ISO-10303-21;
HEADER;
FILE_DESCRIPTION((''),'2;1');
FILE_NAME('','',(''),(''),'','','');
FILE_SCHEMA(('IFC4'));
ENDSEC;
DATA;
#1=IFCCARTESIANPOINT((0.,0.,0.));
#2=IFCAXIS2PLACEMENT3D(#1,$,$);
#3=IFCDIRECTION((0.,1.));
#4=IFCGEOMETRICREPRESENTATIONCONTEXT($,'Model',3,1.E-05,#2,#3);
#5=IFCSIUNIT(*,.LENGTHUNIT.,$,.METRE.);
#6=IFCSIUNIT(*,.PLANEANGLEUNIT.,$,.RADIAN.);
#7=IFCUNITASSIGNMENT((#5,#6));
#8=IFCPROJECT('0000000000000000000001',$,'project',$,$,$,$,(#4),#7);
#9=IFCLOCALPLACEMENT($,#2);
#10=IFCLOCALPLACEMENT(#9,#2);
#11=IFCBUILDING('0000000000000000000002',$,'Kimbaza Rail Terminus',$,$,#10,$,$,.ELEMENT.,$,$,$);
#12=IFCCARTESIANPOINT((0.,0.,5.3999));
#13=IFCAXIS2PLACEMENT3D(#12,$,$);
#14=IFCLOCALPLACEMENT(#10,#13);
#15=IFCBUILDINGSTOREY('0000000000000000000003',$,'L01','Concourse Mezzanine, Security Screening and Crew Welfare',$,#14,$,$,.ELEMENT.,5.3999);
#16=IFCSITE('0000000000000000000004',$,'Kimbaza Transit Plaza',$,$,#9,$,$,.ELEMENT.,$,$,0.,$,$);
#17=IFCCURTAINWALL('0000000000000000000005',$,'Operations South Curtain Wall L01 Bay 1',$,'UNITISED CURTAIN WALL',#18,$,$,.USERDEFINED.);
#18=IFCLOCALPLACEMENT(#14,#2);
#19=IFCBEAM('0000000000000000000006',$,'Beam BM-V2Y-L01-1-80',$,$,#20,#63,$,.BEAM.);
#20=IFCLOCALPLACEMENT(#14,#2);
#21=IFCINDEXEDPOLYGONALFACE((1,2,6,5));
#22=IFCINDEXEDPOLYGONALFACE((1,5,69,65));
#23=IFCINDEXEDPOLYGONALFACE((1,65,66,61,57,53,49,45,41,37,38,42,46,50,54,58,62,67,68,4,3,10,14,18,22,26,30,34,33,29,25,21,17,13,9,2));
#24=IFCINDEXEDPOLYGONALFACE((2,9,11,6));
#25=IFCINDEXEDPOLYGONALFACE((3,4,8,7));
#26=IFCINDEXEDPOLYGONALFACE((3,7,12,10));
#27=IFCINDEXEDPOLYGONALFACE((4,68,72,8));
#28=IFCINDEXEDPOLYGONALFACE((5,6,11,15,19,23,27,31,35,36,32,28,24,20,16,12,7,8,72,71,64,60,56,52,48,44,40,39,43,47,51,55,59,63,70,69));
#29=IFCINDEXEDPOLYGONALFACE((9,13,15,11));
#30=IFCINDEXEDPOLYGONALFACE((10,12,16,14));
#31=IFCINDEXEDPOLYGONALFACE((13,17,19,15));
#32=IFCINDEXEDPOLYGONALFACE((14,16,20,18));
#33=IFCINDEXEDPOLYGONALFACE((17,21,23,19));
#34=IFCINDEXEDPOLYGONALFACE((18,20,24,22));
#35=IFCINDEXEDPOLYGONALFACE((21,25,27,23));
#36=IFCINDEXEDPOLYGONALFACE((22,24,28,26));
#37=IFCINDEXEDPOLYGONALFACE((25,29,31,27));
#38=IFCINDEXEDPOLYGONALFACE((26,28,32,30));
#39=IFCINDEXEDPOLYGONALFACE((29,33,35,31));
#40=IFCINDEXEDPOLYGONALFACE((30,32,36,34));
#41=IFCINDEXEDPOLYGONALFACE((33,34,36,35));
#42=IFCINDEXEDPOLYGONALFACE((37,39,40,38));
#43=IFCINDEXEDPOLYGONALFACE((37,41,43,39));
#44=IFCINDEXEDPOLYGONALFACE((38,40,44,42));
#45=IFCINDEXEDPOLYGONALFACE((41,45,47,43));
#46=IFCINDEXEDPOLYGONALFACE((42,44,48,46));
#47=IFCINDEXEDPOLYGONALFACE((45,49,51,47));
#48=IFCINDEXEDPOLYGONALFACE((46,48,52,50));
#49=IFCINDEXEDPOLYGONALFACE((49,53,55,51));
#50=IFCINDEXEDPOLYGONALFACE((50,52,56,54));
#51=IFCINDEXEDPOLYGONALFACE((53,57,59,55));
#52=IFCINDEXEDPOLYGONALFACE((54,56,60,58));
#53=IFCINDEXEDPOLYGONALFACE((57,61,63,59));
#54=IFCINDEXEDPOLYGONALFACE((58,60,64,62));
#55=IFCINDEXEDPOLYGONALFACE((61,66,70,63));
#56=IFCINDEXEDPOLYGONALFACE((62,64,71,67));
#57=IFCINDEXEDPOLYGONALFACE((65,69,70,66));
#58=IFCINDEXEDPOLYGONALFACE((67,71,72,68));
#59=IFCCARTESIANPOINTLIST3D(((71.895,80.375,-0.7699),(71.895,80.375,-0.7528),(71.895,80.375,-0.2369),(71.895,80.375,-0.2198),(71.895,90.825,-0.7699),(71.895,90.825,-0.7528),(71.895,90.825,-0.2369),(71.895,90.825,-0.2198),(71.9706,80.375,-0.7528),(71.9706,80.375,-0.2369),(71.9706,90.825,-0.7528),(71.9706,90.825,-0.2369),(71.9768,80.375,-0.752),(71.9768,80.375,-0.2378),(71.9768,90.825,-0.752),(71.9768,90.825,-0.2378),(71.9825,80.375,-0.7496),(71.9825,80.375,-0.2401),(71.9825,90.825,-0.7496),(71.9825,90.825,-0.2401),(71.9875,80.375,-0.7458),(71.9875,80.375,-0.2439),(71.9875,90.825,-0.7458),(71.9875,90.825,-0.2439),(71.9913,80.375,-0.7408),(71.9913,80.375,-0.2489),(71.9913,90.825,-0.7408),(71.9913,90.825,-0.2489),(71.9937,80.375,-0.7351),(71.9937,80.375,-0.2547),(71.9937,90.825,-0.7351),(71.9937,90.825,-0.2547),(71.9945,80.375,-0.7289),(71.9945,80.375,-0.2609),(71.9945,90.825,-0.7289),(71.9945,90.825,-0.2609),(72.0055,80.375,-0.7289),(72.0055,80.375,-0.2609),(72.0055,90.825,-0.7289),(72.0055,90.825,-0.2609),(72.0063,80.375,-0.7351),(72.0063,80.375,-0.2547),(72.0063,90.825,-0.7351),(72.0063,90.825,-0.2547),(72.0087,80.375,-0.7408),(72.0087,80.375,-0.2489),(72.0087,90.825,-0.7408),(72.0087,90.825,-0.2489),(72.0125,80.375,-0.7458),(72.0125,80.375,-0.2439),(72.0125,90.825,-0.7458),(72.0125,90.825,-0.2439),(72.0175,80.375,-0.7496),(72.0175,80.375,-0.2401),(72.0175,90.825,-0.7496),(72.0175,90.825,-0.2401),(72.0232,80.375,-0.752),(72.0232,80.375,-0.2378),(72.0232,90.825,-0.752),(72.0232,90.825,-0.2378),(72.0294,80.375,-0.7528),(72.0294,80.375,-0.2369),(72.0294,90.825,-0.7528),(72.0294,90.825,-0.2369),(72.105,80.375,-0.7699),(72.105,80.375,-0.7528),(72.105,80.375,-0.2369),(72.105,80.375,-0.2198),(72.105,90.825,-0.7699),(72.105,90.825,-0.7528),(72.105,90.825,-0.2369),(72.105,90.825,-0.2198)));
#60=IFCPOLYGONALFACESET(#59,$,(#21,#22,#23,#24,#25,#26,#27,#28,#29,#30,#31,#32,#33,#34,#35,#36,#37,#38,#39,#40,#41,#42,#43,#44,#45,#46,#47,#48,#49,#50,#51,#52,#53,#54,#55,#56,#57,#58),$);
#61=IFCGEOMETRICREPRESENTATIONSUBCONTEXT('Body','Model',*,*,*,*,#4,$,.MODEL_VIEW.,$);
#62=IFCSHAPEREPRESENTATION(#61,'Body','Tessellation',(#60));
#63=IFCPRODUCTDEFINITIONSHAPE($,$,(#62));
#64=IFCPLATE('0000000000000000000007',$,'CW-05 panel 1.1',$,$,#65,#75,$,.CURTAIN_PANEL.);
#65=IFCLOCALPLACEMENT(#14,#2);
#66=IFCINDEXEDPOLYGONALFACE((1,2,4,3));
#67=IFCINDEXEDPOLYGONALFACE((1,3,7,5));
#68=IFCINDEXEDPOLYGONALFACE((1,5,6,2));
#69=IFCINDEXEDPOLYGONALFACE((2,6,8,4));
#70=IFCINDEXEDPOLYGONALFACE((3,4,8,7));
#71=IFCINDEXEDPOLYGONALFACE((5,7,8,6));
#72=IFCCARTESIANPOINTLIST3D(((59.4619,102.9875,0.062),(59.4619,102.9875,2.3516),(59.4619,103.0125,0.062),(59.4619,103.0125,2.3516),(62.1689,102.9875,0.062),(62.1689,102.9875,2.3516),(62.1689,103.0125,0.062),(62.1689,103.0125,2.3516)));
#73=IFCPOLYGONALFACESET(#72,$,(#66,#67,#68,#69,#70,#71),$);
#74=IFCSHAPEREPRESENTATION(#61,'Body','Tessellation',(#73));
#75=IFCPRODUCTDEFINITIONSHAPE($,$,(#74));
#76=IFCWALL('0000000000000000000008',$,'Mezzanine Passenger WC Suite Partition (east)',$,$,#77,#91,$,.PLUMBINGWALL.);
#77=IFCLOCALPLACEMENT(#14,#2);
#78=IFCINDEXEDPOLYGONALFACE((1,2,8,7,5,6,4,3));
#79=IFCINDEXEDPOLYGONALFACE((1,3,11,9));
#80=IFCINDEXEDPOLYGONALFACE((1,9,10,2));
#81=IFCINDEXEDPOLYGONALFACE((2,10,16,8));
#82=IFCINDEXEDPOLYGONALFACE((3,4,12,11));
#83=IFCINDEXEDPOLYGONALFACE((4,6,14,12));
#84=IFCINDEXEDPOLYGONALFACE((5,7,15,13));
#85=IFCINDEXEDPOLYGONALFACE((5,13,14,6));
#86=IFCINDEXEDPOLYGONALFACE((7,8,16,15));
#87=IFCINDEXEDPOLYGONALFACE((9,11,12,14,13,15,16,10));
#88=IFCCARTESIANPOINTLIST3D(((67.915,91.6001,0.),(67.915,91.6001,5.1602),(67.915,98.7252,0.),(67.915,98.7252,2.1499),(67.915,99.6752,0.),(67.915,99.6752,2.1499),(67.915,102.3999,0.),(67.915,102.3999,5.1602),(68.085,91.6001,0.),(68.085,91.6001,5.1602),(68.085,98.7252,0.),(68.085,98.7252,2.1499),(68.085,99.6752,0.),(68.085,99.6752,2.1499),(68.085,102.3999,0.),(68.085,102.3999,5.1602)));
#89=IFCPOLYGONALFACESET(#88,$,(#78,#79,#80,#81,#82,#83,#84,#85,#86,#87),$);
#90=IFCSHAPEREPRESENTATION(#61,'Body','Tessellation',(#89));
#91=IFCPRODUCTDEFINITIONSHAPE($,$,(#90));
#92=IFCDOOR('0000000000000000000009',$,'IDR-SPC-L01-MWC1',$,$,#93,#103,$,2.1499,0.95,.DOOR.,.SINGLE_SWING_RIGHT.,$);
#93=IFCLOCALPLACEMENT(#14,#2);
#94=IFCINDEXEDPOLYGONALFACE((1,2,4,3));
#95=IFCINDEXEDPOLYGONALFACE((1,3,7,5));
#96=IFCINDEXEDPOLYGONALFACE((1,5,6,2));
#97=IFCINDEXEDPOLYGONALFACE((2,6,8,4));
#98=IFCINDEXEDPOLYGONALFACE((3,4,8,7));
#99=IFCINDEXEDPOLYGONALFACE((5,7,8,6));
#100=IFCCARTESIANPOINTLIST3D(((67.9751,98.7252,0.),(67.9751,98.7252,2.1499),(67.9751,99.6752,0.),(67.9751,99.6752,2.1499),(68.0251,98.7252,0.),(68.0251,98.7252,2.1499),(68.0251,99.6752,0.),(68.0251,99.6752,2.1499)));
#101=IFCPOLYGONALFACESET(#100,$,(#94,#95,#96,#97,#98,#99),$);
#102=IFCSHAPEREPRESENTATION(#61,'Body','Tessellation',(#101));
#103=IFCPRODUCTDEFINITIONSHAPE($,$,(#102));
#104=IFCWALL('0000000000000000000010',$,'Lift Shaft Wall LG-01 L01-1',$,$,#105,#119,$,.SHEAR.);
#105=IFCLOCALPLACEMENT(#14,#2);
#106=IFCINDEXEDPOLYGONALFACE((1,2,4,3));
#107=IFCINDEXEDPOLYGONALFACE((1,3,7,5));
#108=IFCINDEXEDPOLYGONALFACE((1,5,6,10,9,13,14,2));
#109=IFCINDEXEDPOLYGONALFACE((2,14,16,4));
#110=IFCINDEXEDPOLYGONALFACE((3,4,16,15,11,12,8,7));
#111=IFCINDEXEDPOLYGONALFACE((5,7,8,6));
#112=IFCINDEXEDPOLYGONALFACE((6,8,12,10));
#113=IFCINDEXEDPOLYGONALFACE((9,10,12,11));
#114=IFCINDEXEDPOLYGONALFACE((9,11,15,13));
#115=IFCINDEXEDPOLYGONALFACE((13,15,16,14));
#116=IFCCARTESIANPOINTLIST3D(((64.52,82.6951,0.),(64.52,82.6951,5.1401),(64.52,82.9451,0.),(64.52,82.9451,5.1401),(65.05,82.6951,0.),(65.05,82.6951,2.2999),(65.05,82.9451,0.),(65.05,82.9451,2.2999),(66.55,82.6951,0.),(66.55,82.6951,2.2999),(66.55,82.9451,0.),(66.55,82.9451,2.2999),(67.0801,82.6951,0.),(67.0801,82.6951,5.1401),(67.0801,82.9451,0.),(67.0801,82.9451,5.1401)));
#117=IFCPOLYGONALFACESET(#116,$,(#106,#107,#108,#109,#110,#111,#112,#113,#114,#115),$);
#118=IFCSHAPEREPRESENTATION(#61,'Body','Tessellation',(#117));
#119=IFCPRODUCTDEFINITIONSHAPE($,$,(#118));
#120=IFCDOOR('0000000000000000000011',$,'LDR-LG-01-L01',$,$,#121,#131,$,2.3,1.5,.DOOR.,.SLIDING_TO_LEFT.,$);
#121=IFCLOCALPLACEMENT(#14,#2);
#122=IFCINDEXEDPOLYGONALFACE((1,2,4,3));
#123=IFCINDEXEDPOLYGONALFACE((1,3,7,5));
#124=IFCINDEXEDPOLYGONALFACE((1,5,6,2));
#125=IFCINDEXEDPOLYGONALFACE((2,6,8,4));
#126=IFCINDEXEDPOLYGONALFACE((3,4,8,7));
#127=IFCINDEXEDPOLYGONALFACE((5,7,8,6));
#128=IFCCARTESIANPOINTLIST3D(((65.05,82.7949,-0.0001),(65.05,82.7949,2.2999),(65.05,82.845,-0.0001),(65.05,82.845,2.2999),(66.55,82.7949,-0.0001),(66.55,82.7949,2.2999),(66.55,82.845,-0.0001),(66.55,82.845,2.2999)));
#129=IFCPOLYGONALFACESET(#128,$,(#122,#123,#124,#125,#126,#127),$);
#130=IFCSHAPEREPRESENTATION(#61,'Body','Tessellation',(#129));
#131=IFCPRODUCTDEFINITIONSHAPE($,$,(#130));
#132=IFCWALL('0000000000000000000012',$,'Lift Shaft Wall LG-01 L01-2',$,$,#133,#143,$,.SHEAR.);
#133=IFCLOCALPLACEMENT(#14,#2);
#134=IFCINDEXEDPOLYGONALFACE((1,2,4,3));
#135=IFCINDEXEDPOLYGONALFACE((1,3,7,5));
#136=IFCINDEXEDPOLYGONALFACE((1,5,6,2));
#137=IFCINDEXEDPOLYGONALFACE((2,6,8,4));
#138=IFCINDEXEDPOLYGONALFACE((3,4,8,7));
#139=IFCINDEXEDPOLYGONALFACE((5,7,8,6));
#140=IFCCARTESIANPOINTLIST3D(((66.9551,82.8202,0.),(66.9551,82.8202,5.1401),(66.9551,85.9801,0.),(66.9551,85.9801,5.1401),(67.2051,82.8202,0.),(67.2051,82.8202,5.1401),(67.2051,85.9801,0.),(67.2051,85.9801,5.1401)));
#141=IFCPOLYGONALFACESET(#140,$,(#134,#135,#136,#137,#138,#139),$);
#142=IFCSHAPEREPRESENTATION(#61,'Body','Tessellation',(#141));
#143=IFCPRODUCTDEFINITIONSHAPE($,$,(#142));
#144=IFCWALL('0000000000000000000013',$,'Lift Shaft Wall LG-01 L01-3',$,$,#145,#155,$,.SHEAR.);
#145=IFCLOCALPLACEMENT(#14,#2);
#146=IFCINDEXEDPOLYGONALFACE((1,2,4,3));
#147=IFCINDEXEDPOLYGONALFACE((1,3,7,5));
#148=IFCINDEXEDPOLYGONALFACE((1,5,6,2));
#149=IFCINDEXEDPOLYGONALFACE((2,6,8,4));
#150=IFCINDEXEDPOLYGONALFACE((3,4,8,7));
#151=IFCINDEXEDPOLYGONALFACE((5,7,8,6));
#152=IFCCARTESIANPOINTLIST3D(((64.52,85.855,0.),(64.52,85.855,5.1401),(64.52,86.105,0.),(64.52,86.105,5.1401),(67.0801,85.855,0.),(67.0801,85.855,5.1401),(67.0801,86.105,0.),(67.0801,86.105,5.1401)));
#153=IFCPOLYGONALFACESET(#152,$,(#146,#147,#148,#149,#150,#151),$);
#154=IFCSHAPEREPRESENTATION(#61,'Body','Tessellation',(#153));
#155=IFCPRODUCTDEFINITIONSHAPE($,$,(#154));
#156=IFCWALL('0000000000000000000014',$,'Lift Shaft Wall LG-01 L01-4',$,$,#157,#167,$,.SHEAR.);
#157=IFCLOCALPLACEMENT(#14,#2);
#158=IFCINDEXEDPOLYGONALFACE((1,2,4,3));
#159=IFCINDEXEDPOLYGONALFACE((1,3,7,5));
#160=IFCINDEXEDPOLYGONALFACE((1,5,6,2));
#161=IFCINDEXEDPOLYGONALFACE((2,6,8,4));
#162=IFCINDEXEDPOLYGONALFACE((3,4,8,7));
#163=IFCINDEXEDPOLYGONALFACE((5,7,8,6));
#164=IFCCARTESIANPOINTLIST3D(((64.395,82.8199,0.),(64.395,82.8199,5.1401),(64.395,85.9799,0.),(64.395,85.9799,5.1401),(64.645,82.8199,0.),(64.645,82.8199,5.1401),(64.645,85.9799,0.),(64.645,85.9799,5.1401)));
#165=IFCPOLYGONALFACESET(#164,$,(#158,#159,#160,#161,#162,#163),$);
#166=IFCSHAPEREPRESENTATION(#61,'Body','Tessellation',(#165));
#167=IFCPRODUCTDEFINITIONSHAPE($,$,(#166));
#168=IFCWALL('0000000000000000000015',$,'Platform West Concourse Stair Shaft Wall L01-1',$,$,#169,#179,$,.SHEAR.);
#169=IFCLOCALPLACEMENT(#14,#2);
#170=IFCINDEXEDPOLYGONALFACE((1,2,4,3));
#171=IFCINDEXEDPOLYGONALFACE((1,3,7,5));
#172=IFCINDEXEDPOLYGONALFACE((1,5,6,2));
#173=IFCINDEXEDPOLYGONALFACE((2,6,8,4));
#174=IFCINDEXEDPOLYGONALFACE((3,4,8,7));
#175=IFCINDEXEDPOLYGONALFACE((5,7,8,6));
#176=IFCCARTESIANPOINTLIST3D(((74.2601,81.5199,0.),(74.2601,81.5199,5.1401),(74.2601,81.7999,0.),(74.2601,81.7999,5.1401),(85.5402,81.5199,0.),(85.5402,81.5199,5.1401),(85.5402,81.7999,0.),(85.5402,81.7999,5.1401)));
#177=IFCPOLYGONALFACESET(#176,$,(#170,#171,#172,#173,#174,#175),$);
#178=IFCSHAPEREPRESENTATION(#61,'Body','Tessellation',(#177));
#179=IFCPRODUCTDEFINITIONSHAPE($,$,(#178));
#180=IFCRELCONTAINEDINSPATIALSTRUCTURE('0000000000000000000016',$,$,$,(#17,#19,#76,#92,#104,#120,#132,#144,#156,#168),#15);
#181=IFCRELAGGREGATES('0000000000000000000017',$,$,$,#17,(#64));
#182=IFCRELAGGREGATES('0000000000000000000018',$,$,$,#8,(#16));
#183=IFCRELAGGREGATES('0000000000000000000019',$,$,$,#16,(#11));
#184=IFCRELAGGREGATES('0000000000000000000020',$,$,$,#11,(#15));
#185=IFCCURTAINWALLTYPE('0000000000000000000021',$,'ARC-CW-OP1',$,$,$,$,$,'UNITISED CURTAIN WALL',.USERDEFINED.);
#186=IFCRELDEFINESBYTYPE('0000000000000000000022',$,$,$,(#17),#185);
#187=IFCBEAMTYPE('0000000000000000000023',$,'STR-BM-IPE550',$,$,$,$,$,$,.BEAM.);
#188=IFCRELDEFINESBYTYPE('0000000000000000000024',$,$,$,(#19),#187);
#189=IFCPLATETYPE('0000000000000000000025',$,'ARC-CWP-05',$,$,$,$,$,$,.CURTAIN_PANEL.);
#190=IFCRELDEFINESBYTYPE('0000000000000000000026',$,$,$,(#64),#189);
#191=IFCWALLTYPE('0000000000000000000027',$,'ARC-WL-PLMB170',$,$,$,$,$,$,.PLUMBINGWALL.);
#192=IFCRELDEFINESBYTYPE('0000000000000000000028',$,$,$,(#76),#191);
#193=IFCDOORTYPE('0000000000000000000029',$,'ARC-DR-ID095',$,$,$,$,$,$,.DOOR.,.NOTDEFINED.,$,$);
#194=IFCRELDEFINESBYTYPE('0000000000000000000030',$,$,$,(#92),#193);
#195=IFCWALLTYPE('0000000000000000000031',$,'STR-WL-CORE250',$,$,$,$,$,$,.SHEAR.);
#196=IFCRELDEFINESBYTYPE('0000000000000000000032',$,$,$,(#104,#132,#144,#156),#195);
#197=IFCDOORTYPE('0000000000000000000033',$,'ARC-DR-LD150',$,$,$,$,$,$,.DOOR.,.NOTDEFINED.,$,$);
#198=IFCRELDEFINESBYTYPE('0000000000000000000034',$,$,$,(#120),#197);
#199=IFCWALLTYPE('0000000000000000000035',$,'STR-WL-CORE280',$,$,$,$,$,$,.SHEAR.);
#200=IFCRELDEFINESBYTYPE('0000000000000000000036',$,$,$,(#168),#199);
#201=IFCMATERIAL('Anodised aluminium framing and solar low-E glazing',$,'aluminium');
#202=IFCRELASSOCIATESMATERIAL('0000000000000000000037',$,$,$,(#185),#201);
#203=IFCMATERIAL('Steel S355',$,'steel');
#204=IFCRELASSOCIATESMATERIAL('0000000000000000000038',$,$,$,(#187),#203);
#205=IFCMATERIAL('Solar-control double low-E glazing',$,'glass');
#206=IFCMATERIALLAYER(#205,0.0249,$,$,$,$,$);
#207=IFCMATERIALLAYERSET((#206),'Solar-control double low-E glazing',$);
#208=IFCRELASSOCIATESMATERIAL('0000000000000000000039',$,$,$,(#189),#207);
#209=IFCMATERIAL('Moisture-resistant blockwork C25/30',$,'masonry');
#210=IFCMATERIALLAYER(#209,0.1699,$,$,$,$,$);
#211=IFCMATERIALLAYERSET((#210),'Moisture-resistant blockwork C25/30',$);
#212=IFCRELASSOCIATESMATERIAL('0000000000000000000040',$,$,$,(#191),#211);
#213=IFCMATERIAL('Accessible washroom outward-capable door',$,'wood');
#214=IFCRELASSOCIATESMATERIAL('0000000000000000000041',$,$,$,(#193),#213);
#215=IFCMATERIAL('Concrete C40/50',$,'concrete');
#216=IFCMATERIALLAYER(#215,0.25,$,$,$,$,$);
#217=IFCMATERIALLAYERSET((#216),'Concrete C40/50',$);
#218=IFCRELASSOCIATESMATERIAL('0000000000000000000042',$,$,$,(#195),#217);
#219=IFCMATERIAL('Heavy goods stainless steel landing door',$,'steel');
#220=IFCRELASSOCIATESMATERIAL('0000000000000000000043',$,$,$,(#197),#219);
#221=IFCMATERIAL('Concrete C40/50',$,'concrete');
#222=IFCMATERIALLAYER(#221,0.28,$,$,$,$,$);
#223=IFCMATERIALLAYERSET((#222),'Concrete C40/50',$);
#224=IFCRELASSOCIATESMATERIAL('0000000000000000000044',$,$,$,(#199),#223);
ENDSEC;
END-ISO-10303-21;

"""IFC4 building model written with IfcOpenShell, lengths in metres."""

from ifc_helpers import new_model, si_unit, direction, frame, frame_2d, origin, origin_2d, place, context, subcontext, project, spatial, rectangle, i_section, extrude, material, layer, layer_set, material_profile, profile_set, type_object, element, fill, aggregate, save


model = new_model("IFC4")

# Units and contexts
model_context = context("Model", 3, precision=1e-05, world=origin(), true_north=direction((0.0, 1.0)))
body_context = subcontext(model_context, "Body", "Model", "MODEL_VIEW")
ifc_project = project(units=[si_unit("LENGTHUNIT", "METRE"), si_unit("PLANEANGLEUNIT", "RADIAN")], contexts=[model_context])

# Site, building, storey
site_placement = place(None, origin())
site = spatial("IfcSite", under=ifc_project, at=site_placement, Name="Kimbaza Transit Plaza", CompositionType="ELEMENT", RefElevation=0.0)
building_placement = place(site_placement, origin())
building = spatial("IfcBuilding", under=site, at=building_placement, Name="Kimbaza Rail Terminus", CompositionType="ELEMENT")
storey_placement = place(building_placement, frame((0.0, 0.0, 5.3999)))
storey = spatial("IfcBuildingStorey", under=building, at=storey_placement, Name="L01", Description="Concourse Mezzanine, Security Screening and Crew Welfare", CompositionType="ELEMENT", Elevation=5.3999)

# Curtain wall
ifc_material_1 = material(Name="Anodised aluminium framing and solar low-E glazing", Category="aluminium")
curtain_wall_type = type_object("IfcCurtainWallType", Name="ARC-CW-OP1", ElementType="UNITISED CURTAIN WALL", PredefinedType="USERDEFINED", material=ifc_material_1)
curtain_wall_placement = place(storey_placement, origin())
curtain_wall = element("IfcCurtainWall", 1, at=curtain_wall_placement, inside=storey, type_object=curtain_wall_type, Name="Operations South Curtain Wall L01 Bay 1", ObjectType="UNITISED CURTAIN WALL", PredefinedType="USERDEFINED")

# Beam
ifc_material_2 = material(Name="Steel S355", Category="steel")
ifc_material_profile_1 = material_profile(ifc_material_2, i_section(OverallWidth=0.21, OverallDepth=0.55, WebThickness=0.011, FlangeThickness=0.0171, FilletRadius=0.0239, at=origin_2d()), Name="IPE 550")
ifc_profile_set_1 = profile_set([ifc_material_profile_1], Name="Steel S355")
beam_type_1 = type_object("IfcBeamType", Name="STR-BM-IPE550", PredefinedType="BEAM", material=ifc_profile_set_1)
beam_1_placement = place(storey_placement, frame((72.0, 80.375, -0.4949), z_axis=(0.0, 1.0, 0.0), x_axis=(-1.0, 0.0, 0.0)))
element("IfcBeam", 2, at=beam_1_placement, inside=storey, type_object=beam_type_1, Name="Beam BM-V2Y-L01-1-80", PredefinedType="BEAM", context=body_context, shape_type="SweptSolid", body=[
    extrude(i_section(OverallWidth=0.21, OverallDepth=0.55, WebThickness=0.011, FlangeThickness=0.0171, FilletRadius=0.0239, at=origin_2d()), origin(), (0.0, 0.0, 1.0), 10.45),
])

# Plate
ifc_material_3 = material(Name="Solar-control double low-E glazing", Category="glass")
ifc_layer_1 = layer(ifc_material_3, 0.0249)
ifc_layer_set_1 = layer_set([ifc_layer_1], Name="Solar-control double low-E glazing")
plate_type = type_object("IfcPlateType", Name="ARC-CWP-05", PredefinedType="CURTAIN_PANEL", material=ifc_layer_set_1)
plate_placement = place(storey_placement, frame((60.8154, 103.0, 0.062), z_axis=(0.0, 0.0, 1.0), x_axis=(1.0, 0.0, 0.0)))
plate = element("IfcPlate", 3, at=plate_placement, type_object=plate_type, Name="CW-05 panel 1.1", PredefinedType="CURTAIN_PANEL", context=body_context, shape_type="SweptSolid", body=[
    extrude(rectangle(XDim=2.707, YDim=0.0249, at=origin_2d()), origin(), (0.0, 0.0, 1.0), 2.2896),
])
aggregate(curtain_wall, [plate])

# Walls, openings, doors
ifc_material_4 = material(Name="Moisture-resistant blockwork C25/30", Category="masonry")
ifc_layer_2 = layer(ifc_material_4, 0.1699)
ifc_layer_set_2 = layer_set([ifc_layer_2], Name="Moisture-resistant blockwork C25/30")
wall_type_1 = type_object("IfcWallType", Name="ARC-WL-PLMB170", PredefinedType="PLUMBINGWALL", material=ifc_layer_set_2)
wall_1_placement = place(storey_placement, frame((68.0, 91.6001, 0.0), z_axis=(0.0, 0.0, 1.0), x_axis=(0.0, 1.0, 0.0)))
wall_1 = element("IfcWall", 4, at=wall_1_placement, inside=storey, type_object=wall_type_1, Name="Mezzanine Passenger WC Suite Partition (east)", PredefinedType="PLUMBINGWALL", context=body_context, shape_type="SweptSolid", body=[
    extrude(rectangle(XDim=10.7998, YDim=0.1699, at=frame_2d((5.3999, 0.0))), origin(), (0.0, 0.0, 1.0), 5.1602),
])
opening_1_placement = place(wall_1_placement, frame((7.125, 0.0, 0.0)))
opening_1 = element("IfcOpeningElement", 5, at=opening_1_placement, cuts=wall_1, PredefinedType="OPENING", context=body_context, shape_type="SweptSolid", body=[
    extrude(rectangle(XDim=0.95, YDim=2.1499, at=frame_2d((0.4751, 1.075))), frame((0.0, 0.095, 0.0), z_axis=(0.0, -1.0, 0.0), x_axis=(1.0, 0.0, 0.0)), (0.0, 0.0, 1.0), 0.1899),
])
ifc_material_5 = material(Name="Accessible washroom outward-capable door", Category="wood")
door_type_1 = type_object("IfcDoorType", Name="ARC-DR-ID095", OperationType="NOTDEFINED", PredefinedType="DOOR", material=ifc_material_5)
door_1_placement = place(opening_1_placement, origin())
door_1 = element("IfcDoor", 6, at=door_1_placement, inside=storey, type_object=door_type_1, Name="IDR-SPC-L01-MWC1", OperationType="SINGLE_SWING_RIGHT", OverallHeight=2.1499, OverallWidth=0.95, PredefinedType="DOOR", context=body_context, shape_type="SweptSolid", body=[
    extrude(rectangle(XDim=0.95, YDim=2.1499, at=frame_2d((0.4751, 1.075))), frame((0.0, 0.0249, 0.0), z_axis=(0.0, -1.0, 0.0), x_axis=(1.0, 0.0, 0.0)), (0.0, 0.0, 1.0), 0.05),
])
fill(opening_1, door_1)
ifc_material_6 = material(Name="Concrete C40/50", Category="concrete")
ifc_layer_3 = layer(ifc_material_6, 0.25)
ifc_layer_set_3 = layer_set([ifc_layer_3], Name="Concrete C40/50")
wall_type_2 = type_object("IfcWallType", Name="STR-WL-CORE250", PredefinedType="SHEAR", material=ifc_layer_set_3)
wall_2_placement = place(storey_placement, frame((64.52, 82.8201, 0.0), z_axis=(0.0, 0.0, 1.0), x_axis=(1.0, 0.0, 0.0)))
wall_2 = element("IfcWall", 7, at=wall_2_placement, inside=storey, type_object=wall_type_2, Name="Lift Shaft Wall LG-01 L01-1", PredefinedType="SHEAR", context=body_context, shape_type="SweptSolid", body=[
    extrude(rectangle(XDim=2.5601, YDim=0.25, at=frame_2d((1.28, 0.0))), origin(), (0.0, 0.0, 1.0), 5.1401),
])
opening_2_placement = place(wall_2_placement, frame((0.53, 0.0, 0.0)))
opening_2 = element("IfcOpeningElement", 8, at=opening_2_placement, cuts=wall_2, PredefinedType="OPENING", context=body_context, shape_type="SweptSolid", body=[
    extrude(rectangle(XDim=1.5, YDim=2.3, at=frame_2d((0.75, 1.1499))), frame((0.0, 0.135, 0.0), z_axis=(0.0, -1.0, 0.0), x_axis=(1.0, 0.0, 0.0)), (0.0, 0.0, 1.0), 0.27),
])
ifc_material_7 = material(Name="Heavy goods stainless steel landing door", Category="steel")
door_type_2 = type_object("IfcDoorType", Name="ARC-DR-LD150", OperationType="NOTDEFINED", PredefinedType="DOOR", material=ifc_material_7)
door_2_placement = place(opening_2_placement, origin())
door_2 = element("IfcDoor", 9, at=door_2_placement, inside=storey, type_object=door_type_2, Name="LDR-LG-01-L01", OperationType="SLIDING_TO_LEFT", OverallHeight=2.3, OverallWidth=1.5, PredefinedType="DOOR", context=body_context, shape_type="SweptSolid", body=[
    extrude(rectangle(XDim=1.5, YDim=2.3, at=frame_2d((0.75, 1.1499))), frame((0.0, 0.0249, 0.0), z_axis=(0.0, -1.0, 0.0), x_axis=(1.0, 0.0, 0.0)), (0.0, 0.0, 1.0), 0.05),
])
fill(opening_2, door_2)

# Walls
wall_3_placement = place(storey_placement, frame((67.0801, 82.8201, 0.0), z_axis=(0.0, 0.0, 1.0), x_axis=(0.0, 1.0, 0.0)))
element("IfcWall", 10, at=wall_3_placement, inside=storey, type_object=wall_type_2, Name="Lift Shaft Wall LG-01 L01-2", PredefinedType="SHEAR", context=body_context, shape_type="SweptSolid", body=[
    extrude(rectangle(XDim=3.1599, YDim=0.25, at=frame_2d((1.5801, 0.0))), origin(), (0.0, 0.0, 1.0), 5.1401),
])
wall_4_placement = place(storey_placement, frame((67.0801, 85.98, 0.0), z_axis=(0.0, 0.0, 1.0), x_axis=(-1.0, 0.0, 0.0)))
element("IfcWall", 11, at=wall_4_placement, inside=storey, type_object=wall_type_2, Name="Lift Shaft Wall LG-01 L01-3", PredefinedType="SHEAR", context=body_context, shape_type="SweptSolid", body=[
    extrude(rectangle(XDim=2.5601, YDim=0.25, at=frame_2d((1.28, 0.0))), origin(), (0.0, 0.0, 1.0), 5.1401),
])
wall_5_placement = place(storey_placement, frame((64.52, 85.98, 0.0), z_axis=(0.0, 0.0, 1.0), x_axis=(0.0, -1.0, 0.0)))
element("IfcWall", 12, at=wall_5_placement, inside=storey, type_object=wall_type_2, Name="Lift Shaft Wall LG-01 L01-4", PredefinedType="SHEAR", context=body_context, shape_type="SweptSolid", body=[
    extrude(rectangle(XDim=3.1599, YDim=0.25, at=frame_2d((1.5801, 0.0))), origin(), (0.0, 0.0, 1.0), 5.1401),
])
ifc_material_8 = material(Name="Concrete C40/50", Category="concrete")
ifc_layer_4 = layer(ifc_material_8, 0.28)
ifc_layer_set_4 = layer_set([ifc_layer_4], Name="Concrete C40/50")
wall_type_3 = type_object("IfcWallType", Name="STR-WL-CORE280", PredefinedType="SHEAR", material=ifc_layer_set_4)
wall_6_placement = place(storey_placement, frame((74.26, 81.6599, 0.0), z_axis=(0.0, 0.0, 1.0), x_axis=(1.0, 0.0, 0.0)))
element("IfcWall", 13, at=wall_6_placement, inside=storey, type_object=wall_type_3, Name="Platform West Concourse Stair Shaft Wall L01-1", PredefinedType="SHEAR", context=body_context, shape_type="SweptSolid", body=[
    extrude(rectangle(XDim=11.28, YDim=0.28, at=frame_2d((5.6401, 0.0))), origin(), (0.0, 0.0, 1.0), 5.1401),
])

save(model, "model.ifc")
